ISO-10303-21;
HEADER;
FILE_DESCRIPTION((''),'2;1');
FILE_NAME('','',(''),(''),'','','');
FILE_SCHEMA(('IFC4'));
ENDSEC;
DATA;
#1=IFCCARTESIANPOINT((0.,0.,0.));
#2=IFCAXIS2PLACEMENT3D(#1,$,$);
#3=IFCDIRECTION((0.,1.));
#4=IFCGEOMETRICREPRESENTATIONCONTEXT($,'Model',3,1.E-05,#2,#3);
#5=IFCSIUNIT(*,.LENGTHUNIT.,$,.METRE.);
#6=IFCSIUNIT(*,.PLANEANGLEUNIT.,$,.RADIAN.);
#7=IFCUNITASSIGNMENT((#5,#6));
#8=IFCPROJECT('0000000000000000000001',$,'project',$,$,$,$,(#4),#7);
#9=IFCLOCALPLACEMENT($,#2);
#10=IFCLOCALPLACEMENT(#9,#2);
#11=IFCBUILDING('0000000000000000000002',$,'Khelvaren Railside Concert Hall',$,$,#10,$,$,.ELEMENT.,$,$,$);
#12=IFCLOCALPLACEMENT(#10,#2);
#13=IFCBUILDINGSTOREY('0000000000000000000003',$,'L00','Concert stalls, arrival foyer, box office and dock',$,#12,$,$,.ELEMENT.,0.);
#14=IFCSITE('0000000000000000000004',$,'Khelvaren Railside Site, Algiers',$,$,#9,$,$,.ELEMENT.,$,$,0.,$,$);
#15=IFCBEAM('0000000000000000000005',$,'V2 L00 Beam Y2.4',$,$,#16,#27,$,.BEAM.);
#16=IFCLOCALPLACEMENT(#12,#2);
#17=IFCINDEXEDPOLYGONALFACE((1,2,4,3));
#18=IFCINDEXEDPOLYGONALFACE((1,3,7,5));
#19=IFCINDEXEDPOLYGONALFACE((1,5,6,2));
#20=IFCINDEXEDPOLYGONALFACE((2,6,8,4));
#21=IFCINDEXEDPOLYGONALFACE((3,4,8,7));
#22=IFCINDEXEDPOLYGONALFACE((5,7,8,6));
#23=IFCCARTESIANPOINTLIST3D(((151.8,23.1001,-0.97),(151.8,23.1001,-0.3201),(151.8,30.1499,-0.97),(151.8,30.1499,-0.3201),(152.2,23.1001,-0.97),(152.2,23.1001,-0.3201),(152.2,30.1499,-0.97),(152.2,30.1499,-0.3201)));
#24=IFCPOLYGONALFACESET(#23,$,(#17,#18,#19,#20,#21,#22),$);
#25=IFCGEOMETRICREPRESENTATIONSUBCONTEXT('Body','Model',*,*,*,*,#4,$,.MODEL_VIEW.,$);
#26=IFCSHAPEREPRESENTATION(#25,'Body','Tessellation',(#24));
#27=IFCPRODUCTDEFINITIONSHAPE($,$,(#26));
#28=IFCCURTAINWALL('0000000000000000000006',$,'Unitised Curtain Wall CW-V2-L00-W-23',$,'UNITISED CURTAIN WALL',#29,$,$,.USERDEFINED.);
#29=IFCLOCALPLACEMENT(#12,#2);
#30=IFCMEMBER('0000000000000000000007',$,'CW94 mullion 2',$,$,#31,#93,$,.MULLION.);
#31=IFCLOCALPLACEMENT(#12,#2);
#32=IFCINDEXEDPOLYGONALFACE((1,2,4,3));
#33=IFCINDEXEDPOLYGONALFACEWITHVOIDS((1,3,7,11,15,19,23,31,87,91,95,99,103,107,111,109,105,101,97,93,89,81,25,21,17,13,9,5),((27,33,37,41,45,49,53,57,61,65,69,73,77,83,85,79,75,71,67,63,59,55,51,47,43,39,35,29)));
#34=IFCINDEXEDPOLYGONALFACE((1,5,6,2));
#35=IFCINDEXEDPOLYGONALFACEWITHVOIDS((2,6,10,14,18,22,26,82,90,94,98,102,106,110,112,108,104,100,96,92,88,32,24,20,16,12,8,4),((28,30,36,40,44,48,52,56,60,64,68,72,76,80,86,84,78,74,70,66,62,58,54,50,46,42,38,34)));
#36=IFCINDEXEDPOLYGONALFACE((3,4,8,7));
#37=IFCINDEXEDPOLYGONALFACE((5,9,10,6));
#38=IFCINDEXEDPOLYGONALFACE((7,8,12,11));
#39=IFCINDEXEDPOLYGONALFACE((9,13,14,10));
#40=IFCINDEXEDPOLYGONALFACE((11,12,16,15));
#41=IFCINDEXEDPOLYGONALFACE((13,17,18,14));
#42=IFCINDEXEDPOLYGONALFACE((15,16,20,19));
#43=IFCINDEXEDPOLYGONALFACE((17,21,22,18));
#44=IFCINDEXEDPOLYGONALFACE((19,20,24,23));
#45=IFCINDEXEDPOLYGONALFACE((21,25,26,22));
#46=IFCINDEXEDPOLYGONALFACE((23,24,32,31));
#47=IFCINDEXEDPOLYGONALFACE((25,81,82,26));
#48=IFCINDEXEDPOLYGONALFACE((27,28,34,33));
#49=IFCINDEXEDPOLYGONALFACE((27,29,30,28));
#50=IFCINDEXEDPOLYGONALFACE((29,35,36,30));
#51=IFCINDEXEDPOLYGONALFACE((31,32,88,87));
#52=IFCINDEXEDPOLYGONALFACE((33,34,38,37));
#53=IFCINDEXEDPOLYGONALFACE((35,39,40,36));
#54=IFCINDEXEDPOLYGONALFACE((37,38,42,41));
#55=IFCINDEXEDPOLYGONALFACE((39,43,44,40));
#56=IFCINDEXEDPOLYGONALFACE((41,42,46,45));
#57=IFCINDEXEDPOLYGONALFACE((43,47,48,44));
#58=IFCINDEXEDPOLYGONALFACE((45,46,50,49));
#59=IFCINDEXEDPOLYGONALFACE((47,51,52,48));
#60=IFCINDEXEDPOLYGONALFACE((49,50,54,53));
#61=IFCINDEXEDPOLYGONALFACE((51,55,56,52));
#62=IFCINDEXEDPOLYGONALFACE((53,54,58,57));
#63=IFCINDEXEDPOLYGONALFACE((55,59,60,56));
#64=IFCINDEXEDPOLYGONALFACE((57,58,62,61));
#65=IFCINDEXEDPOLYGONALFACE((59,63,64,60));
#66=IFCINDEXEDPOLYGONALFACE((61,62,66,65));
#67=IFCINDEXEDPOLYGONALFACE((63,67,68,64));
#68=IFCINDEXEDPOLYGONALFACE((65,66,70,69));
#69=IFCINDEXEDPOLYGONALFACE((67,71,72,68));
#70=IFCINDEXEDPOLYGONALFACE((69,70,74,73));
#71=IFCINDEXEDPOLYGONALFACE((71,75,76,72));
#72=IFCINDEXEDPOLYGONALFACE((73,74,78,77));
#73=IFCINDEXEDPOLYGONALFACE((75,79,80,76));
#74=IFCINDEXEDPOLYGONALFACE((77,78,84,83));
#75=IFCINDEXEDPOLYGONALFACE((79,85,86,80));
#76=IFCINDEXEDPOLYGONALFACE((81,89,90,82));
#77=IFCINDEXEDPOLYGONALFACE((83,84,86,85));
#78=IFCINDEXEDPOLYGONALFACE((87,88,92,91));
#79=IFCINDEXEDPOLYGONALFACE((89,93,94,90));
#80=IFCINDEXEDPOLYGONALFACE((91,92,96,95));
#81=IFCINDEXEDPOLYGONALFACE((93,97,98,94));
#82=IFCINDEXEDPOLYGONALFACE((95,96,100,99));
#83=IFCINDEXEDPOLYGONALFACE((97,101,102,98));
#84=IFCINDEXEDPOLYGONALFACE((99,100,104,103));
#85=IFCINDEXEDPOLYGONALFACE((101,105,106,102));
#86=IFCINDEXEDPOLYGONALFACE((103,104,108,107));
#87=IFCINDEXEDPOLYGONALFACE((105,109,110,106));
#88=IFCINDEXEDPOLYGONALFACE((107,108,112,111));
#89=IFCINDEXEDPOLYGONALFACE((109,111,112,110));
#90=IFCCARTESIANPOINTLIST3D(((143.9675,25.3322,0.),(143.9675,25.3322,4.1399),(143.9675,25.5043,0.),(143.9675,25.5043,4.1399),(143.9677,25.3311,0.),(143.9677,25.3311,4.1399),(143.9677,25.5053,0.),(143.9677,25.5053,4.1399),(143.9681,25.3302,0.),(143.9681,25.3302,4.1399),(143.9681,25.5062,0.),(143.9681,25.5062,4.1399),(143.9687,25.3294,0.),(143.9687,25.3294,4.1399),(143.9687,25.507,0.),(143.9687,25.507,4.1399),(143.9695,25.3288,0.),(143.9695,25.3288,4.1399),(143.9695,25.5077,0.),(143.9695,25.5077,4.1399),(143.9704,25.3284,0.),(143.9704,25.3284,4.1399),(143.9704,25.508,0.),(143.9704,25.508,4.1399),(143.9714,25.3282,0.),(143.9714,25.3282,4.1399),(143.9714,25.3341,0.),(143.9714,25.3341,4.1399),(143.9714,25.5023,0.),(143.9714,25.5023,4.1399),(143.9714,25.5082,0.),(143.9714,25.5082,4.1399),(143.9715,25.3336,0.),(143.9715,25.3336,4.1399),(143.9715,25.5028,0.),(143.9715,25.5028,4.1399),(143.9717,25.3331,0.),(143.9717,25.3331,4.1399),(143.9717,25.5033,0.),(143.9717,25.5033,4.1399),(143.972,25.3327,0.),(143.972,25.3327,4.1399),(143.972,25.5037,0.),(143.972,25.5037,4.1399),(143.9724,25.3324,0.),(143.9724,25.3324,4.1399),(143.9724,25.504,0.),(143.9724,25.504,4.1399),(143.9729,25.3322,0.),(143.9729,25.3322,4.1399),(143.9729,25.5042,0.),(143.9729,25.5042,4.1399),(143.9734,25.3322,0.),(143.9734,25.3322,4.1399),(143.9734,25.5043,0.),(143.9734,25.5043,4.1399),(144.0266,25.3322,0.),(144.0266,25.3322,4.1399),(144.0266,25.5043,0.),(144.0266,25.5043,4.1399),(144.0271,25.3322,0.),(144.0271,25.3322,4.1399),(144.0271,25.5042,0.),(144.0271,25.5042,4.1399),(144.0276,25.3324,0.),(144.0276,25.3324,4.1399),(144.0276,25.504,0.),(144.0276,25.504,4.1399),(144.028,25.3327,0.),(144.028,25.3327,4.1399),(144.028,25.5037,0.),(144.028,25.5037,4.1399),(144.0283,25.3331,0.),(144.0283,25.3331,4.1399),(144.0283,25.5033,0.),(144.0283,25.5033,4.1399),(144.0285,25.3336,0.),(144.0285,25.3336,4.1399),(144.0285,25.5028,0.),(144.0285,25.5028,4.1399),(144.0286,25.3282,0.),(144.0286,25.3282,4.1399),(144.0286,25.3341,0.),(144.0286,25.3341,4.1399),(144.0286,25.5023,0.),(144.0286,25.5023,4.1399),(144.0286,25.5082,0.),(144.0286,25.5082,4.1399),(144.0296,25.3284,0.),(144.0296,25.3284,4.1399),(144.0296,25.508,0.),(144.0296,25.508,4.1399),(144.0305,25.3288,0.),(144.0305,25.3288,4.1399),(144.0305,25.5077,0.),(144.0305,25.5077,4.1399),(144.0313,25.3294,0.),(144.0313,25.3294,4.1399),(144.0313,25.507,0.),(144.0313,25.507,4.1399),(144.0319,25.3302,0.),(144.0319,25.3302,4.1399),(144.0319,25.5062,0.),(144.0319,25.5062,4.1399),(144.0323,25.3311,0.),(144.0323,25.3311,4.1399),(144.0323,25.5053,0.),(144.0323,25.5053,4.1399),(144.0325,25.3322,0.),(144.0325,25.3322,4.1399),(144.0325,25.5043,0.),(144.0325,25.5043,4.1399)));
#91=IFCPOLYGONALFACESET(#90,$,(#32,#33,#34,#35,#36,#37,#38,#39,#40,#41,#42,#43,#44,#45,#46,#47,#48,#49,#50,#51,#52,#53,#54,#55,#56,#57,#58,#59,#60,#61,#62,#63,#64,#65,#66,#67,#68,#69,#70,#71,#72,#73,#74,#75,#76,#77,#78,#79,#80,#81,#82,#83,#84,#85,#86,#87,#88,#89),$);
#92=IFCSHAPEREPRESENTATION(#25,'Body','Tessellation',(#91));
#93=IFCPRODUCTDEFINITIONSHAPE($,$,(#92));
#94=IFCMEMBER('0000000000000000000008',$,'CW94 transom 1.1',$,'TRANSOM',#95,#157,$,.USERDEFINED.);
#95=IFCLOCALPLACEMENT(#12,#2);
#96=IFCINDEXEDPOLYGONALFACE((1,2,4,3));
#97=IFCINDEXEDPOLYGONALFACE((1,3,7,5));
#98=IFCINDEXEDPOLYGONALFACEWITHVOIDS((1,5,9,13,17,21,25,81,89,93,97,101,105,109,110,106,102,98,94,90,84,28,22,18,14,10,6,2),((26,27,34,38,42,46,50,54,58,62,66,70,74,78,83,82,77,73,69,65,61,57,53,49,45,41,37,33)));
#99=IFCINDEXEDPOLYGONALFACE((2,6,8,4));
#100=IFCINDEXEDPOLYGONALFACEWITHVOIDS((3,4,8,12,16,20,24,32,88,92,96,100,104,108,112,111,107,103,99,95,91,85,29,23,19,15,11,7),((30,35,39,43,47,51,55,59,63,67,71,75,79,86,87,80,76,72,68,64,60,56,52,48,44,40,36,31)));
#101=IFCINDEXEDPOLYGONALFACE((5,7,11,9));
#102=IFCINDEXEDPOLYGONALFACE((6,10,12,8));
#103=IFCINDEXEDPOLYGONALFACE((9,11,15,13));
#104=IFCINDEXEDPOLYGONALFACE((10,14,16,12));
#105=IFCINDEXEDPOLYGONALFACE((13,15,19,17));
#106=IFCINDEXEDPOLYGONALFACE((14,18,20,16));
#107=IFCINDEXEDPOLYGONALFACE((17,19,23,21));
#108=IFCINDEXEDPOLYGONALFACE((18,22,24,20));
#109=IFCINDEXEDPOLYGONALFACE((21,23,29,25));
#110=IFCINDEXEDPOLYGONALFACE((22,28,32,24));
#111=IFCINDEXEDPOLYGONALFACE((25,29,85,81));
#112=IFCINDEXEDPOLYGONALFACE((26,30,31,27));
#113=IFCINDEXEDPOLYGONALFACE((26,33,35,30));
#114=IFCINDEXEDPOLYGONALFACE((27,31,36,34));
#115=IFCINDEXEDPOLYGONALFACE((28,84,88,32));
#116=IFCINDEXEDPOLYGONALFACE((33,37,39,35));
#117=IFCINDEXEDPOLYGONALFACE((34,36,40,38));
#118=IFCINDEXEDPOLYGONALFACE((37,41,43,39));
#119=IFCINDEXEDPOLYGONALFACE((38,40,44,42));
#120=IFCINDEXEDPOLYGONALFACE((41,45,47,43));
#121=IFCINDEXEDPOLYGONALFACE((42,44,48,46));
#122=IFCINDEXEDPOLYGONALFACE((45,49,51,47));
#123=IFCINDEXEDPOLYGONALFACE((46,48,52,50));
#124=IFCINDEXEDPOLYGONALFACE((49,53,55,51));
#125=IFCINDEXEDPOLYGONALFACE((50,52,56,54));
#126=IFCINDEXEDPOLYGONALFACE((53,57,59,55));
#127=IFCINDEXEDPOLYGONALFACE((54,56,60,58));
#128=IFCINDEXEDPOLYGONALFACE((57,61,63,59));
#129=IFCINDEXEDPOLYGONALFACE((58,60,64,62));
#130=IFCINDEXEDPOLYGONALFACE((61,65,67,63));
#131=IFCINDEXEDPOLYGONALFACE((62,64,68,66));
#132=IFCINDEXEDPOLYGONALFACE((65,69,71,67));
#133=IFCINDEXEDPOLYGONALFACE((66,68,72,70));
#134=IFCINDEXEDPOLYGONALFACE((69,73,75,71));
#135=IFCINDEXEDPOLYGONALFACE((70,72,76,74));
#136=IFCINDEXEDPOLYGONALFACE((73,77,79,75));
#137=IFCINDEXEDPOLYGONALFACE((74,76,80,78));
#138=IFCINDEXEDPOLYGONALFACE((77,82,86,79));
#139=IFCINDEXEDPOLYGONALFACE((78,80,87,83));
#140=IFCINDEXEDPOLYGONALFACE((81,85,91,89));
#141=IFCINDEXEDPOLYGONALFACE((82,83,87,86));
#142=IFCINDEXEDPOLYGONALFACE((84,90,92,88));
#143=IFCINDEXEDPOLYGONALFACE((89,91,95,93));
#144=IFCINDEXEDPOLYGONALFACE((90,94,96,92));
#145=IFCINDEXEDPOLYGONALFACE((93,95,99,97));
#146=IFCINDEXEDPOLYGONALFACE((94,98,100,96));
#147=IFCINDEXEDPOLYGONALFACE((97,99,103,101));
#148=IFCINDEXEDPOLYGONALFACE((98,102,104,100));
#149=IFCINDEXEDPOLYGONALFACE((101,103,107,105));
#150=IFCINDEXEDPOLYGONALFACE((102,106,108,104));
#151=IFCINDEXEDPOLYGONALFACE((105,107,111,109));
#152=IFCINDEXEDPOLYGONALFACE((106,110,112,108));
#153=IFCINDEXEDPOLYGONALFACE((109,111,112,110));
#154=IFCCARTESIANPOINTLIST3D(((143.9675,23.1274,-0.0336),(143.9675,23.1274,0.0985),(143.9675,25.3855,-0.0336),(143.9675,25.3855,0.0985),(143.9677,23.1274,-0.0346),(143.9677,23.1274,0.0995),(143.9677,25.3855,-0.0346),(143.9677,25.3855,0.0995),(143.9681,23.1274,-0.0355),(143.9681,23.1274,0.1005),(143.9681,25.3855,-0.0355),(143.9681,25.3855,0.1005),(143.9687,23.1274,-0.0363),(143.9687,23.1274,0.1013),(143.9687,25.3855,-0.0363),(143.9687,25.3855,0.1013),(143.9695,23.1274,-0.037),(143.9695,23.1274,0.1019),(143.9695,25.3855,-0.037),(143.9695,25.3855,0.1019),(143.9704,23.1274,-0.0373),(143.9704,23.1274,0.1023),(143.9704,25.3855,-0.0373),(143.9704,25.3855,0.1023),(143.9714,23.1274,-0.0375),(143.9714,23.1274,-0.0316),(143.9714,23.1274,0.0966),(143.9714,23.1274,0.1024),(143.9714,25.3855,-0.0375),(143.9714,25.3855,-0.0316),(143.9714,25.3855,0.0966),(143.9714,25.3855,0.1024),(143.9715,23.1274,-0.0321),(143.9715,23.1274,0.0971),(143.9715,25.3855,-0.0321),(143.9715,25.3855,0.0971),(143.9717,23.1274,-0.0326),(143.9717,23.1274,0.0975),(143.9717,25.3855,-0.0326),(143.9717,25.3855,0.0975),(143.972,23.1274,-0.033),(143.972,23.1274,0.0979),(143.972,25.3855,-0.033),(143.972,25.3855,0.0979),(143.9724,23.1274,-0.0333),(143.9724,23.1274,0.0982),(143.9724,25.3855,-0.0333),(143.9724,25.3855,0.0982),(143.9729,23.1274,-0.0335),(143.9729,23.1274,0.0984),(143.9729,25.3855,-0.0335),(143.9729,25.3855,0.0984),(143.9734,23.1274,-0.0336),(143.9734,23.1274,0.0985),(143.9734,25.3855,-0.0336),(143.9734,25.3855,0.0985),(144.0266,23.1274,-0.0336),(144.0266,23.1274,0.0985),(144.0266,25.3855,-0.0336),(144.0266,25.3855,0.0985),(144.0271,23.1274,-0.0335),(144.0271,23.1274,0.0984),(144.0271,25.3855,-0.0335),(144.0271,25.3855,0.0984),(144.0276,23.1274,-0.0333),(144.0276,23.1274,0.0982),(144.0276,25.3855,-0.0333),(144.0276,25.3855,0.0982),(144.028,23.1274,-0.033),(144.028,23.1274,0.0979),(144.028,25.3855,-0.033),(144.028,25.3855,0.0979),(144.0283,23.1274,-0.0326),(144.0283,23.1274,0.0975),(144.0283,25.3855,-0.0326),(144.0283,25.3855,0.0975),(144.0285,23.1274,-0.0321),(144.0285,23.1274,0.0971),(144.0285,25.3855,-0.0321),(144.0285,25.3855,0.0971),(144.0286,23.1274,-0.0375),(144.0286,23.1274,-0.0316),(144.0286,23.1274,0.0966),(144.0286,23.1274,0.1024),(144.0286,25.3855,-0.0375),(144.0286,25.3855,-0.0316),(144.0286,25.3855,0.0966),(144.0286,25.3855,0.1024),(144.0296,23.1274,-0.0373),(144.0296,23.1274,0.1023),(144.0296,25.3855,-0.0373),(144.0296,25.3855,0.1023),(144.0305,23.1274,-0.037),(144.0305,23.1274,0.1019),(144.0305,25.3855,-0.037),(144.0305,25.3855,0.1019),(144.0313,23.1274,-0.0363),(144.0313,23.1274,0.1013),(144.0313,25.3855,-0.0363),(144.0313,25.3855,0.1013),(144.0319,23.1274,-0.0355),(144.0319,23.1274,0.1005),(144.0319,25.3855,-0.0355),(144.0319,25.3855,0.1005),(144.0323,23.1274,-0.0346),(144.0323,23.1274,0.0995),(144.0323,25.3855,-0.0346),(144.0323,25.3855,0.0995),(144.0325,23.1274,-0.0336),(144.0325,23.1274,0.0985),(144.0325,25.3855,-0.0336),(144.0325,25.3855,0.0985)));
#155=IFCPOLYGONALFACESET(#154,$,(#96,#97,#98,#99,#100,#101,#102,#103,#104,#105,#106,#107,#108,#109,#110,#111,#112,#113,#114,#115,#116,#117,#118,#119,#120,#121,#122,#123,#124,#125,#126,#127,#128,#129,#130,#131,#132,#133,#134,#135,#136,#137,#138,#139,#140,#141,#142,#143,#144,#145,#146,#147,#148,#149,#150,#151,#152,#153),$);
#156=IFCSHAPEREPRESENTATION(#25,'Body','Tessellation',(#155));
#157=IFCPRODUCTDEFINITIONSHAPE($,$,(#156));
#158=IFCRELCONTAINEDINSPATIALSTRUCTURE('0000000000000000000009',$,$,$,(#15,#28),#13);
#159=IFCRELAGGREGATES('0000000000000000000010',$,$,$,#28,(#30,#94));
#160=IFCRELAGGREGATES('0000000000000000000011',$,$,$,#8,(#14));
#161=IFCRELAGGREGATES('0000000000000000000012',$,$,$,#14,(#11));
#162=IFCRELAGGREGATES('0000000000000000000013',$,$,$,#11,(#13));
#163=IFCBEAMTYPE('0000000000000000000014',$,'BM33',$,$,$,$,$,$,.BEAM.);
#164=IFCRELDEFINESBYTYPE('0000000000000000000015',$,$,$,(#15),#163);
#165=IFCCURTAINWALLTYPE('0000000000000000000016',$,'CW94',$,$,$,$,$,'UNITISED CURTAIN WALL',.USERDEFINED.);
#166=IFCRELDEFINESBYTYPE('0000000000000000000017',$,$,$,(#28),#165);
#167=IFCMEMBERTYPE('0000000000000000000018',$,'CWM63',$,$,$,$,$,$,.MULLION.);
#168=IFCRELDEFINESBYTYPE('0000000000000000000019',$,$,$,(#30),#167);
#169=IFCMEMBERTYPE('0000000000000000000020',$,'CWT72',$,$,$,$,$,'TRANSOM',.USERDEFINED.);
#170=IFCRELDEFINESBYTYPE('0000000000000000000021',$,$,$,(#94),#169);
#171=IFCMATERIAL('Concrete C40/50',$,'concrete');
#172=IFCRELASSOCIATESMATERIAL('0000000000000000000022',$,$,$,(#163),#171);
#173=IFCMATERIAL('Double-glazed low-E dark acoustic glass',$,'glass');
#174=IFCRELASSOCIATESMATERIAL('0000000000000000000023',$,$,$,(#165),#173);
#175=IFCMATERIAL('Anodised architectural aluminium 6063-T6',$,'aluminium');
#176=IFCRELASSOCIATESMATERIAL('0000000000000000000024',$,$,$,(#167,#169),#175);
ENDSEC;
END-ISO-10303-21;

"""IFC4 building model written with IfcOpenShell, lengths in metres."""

from ifc_helpers import new_model, si_unit, direction, frame, origin, origin_2d, place, context, subcontext, project, spatial, rectangle, hollow_rectangle, extrude, material, material_profile, profile_set, type_object, element, aggregate, save


model = new_model("IFC4")

# Units and contexts
model_context = context("Model", 3, precision=1e-05, world=origin(), true_north=direction((0.0, 1.0)))
body_context = subcontext(model_context, "Body", "Model", "MODEL_VIEW")
ifc_project = project(units=[si_unit("LENGTHUNIT", "METRE"), si_unit("PLANEANGLEUNIT", "RADIAN")], contexts=[model_context])

# Site, building, storey
site_placement = place(None, origin())
site = spatial("IfcSite", under=ifc_project, at=site_placement, Name="Khelvaren Railside Site, Algiers", CompositionType="ELEMENT", RefElevation=0.0)
building_placement = place(site_placement, origin())
building = spatial("IfcBuilding", under=site, at=building_placement, Name="Khelvaren Railside Concert Hall", CompositionType="ELEMENT")
storey_placement = place(building_placement, origin())
storey = spatial("IfcBuildingStorey", under=building, at=storey_placement, Name="L00", Description="Concert stalls, arrival foyer, box office and dock", CompositionType="ELEMENT", Elevation=0.0)

# Beam
ifc_material_1 = material(Name="Concrete C40/50", Category="concrete")
ifc_material_profile_1 = material_profile(ifc_material_1, rectangle(XDim=0.3999, YDim=0.6499, at=origin_2d()), Name="RCB 400x650")
ifc_profile_set_1 = profile_set([ifc_material_profile_1], Name="Concrete C40/50")
beam_type_1 = type_object("IfcBeamType", Name="BM33", PredefinedType="BEAM", material=ifc_profile_set_1)
beam_1_placement = place(storey_placement, frame((152.0, 23.1001, -0.645), z_axis=(0.0, 1.0, 0.0), x_axis=(-1.0, 0.0, 0.0)))
element("IfcBeam", 1, at=beam_1_placement, inside=storey, type_object=beam_type_1, Name="V2 L00 Beam Y2.4", PredefinedType="BEAM", context=body_context, shape_type="SweptSolid", body=[
    extrude(rectangle(XDim=0.3999, YDim=0.6499, at=origin_2d()), origin(), (0.0, 0.0, 1.0), 7.0498),
])

# Curtain wall, members
ifc_material_2 = material(Name="Double-glazed low-E dark acoustic glass", Category="glass")
curtain_wall_type = type_object("IfcCurtainWallType", Name="CW94", ElementType="UNITISED CURTAIN WALL", PredefinedType="USERDEFINED", material=ifc_material_2)
curtain_wall_placement = place(storey_placement, origin())
curtain_wall = element("IfcCurtainWall", 2, at=curtain_wall_placement, inside=storey, type_object=curtain_wall_type, Name="Unitised Curtain Wall CW-V2-L00-W-23", ObjectType="UNITISED CURTAIN WALL", PredefinedType="USERDEFINED")
ifc_material_3 = material(Name="Anodised architectural aluminium 6063-T6", Category="aluminium")
ifc_material_profile_2 = material_profile(ifc_material_3, hollow_rectangle(XDim=0.0649, YDim=0.1799, WallThickness=0.0039, InnerFilletRadius=0.002, OuterFilletRadius=0.0039, at=origin_2d()), Name="CWM 65x180x4")
ifc_profile_set_2 = profile_set([ifc_material_profile_2], Name="Anodised architectural aluminium 6063-T6")
member_type_1 = type_object("IfcMemberType", Name="CWM63", PredefinedType="MULLION", material=ifc_profile_set_2)
member_1_placement = place(storey_placement, frame((144.0, 25.4182, 0.0), z_axis=(0.0, 0.0, 1.0), x_axis=(-1.0, 0.0, 0.0)))
member_1 = element("IfcMember", 3, at=member_1_placement, type_object=member_type_1, Name="CW94 mullion 2", PredefinedType="MULLION", context=body_context, shape_type="SweptSolid", body=[
    extrude(hollow_rectangle(XDim=0.0649, YDim=0.1799, WallThickness=0.0039, InnerFilletRadius=0.002, OuterFilletRadius=0.0039, at=origin_2d()), origin(), (0.0, 0.0, 1.0), 4.1399),
])
ifc_material_profile_3 = material_profile(ifc_material_3, hollow_rectangle(XDim=0.0649, YDim=0.1399, WallThickness=0.0039, InnerFilletRadius=0.002, OuterFilletRadius=0.0039, at=origin_2d()), Name="CWT 65x140x4")
ifc_profile_set_3 = profile_set([ifc_material_profile_3], Name="Anodised architectural aluminium 6063-T6")
member_type_2 = type_object("IfcMemberType", Name="CWT72", ElementType="TRANSOM", PredefinedType="USERDEFINED", material=ifc_profile_set_3)
member_2_placement = place(storey_placement, frame((144.0, 23.1274, 0.0325), z_axis=(0.0, 1.0, 0.0), x_axis=(-1.0, 0.0, 0.0)))
member_2 = element("IfcMember", 4, at=member_2_placement, type_object=member_type_2, Name="CW94 transom 1.1", ObjectType="TRANSOM", PredefinedType="USERDEFINED", context=body_context, shape_type="SweptSolid", body=[
    extrude(hollow_rectangle(XDim=0.0649, YDim=0.1399, WallThickness=0.0039, InnerFilletRadius=0.002, OuterFilletRadius=0.0039, at=origin_2d()), origin(), (0.0, 0.0, 1.0), 2.2581),
])

aggregate(curtain_wall, [member_1, member_2])

save(model, "model.ifc")
